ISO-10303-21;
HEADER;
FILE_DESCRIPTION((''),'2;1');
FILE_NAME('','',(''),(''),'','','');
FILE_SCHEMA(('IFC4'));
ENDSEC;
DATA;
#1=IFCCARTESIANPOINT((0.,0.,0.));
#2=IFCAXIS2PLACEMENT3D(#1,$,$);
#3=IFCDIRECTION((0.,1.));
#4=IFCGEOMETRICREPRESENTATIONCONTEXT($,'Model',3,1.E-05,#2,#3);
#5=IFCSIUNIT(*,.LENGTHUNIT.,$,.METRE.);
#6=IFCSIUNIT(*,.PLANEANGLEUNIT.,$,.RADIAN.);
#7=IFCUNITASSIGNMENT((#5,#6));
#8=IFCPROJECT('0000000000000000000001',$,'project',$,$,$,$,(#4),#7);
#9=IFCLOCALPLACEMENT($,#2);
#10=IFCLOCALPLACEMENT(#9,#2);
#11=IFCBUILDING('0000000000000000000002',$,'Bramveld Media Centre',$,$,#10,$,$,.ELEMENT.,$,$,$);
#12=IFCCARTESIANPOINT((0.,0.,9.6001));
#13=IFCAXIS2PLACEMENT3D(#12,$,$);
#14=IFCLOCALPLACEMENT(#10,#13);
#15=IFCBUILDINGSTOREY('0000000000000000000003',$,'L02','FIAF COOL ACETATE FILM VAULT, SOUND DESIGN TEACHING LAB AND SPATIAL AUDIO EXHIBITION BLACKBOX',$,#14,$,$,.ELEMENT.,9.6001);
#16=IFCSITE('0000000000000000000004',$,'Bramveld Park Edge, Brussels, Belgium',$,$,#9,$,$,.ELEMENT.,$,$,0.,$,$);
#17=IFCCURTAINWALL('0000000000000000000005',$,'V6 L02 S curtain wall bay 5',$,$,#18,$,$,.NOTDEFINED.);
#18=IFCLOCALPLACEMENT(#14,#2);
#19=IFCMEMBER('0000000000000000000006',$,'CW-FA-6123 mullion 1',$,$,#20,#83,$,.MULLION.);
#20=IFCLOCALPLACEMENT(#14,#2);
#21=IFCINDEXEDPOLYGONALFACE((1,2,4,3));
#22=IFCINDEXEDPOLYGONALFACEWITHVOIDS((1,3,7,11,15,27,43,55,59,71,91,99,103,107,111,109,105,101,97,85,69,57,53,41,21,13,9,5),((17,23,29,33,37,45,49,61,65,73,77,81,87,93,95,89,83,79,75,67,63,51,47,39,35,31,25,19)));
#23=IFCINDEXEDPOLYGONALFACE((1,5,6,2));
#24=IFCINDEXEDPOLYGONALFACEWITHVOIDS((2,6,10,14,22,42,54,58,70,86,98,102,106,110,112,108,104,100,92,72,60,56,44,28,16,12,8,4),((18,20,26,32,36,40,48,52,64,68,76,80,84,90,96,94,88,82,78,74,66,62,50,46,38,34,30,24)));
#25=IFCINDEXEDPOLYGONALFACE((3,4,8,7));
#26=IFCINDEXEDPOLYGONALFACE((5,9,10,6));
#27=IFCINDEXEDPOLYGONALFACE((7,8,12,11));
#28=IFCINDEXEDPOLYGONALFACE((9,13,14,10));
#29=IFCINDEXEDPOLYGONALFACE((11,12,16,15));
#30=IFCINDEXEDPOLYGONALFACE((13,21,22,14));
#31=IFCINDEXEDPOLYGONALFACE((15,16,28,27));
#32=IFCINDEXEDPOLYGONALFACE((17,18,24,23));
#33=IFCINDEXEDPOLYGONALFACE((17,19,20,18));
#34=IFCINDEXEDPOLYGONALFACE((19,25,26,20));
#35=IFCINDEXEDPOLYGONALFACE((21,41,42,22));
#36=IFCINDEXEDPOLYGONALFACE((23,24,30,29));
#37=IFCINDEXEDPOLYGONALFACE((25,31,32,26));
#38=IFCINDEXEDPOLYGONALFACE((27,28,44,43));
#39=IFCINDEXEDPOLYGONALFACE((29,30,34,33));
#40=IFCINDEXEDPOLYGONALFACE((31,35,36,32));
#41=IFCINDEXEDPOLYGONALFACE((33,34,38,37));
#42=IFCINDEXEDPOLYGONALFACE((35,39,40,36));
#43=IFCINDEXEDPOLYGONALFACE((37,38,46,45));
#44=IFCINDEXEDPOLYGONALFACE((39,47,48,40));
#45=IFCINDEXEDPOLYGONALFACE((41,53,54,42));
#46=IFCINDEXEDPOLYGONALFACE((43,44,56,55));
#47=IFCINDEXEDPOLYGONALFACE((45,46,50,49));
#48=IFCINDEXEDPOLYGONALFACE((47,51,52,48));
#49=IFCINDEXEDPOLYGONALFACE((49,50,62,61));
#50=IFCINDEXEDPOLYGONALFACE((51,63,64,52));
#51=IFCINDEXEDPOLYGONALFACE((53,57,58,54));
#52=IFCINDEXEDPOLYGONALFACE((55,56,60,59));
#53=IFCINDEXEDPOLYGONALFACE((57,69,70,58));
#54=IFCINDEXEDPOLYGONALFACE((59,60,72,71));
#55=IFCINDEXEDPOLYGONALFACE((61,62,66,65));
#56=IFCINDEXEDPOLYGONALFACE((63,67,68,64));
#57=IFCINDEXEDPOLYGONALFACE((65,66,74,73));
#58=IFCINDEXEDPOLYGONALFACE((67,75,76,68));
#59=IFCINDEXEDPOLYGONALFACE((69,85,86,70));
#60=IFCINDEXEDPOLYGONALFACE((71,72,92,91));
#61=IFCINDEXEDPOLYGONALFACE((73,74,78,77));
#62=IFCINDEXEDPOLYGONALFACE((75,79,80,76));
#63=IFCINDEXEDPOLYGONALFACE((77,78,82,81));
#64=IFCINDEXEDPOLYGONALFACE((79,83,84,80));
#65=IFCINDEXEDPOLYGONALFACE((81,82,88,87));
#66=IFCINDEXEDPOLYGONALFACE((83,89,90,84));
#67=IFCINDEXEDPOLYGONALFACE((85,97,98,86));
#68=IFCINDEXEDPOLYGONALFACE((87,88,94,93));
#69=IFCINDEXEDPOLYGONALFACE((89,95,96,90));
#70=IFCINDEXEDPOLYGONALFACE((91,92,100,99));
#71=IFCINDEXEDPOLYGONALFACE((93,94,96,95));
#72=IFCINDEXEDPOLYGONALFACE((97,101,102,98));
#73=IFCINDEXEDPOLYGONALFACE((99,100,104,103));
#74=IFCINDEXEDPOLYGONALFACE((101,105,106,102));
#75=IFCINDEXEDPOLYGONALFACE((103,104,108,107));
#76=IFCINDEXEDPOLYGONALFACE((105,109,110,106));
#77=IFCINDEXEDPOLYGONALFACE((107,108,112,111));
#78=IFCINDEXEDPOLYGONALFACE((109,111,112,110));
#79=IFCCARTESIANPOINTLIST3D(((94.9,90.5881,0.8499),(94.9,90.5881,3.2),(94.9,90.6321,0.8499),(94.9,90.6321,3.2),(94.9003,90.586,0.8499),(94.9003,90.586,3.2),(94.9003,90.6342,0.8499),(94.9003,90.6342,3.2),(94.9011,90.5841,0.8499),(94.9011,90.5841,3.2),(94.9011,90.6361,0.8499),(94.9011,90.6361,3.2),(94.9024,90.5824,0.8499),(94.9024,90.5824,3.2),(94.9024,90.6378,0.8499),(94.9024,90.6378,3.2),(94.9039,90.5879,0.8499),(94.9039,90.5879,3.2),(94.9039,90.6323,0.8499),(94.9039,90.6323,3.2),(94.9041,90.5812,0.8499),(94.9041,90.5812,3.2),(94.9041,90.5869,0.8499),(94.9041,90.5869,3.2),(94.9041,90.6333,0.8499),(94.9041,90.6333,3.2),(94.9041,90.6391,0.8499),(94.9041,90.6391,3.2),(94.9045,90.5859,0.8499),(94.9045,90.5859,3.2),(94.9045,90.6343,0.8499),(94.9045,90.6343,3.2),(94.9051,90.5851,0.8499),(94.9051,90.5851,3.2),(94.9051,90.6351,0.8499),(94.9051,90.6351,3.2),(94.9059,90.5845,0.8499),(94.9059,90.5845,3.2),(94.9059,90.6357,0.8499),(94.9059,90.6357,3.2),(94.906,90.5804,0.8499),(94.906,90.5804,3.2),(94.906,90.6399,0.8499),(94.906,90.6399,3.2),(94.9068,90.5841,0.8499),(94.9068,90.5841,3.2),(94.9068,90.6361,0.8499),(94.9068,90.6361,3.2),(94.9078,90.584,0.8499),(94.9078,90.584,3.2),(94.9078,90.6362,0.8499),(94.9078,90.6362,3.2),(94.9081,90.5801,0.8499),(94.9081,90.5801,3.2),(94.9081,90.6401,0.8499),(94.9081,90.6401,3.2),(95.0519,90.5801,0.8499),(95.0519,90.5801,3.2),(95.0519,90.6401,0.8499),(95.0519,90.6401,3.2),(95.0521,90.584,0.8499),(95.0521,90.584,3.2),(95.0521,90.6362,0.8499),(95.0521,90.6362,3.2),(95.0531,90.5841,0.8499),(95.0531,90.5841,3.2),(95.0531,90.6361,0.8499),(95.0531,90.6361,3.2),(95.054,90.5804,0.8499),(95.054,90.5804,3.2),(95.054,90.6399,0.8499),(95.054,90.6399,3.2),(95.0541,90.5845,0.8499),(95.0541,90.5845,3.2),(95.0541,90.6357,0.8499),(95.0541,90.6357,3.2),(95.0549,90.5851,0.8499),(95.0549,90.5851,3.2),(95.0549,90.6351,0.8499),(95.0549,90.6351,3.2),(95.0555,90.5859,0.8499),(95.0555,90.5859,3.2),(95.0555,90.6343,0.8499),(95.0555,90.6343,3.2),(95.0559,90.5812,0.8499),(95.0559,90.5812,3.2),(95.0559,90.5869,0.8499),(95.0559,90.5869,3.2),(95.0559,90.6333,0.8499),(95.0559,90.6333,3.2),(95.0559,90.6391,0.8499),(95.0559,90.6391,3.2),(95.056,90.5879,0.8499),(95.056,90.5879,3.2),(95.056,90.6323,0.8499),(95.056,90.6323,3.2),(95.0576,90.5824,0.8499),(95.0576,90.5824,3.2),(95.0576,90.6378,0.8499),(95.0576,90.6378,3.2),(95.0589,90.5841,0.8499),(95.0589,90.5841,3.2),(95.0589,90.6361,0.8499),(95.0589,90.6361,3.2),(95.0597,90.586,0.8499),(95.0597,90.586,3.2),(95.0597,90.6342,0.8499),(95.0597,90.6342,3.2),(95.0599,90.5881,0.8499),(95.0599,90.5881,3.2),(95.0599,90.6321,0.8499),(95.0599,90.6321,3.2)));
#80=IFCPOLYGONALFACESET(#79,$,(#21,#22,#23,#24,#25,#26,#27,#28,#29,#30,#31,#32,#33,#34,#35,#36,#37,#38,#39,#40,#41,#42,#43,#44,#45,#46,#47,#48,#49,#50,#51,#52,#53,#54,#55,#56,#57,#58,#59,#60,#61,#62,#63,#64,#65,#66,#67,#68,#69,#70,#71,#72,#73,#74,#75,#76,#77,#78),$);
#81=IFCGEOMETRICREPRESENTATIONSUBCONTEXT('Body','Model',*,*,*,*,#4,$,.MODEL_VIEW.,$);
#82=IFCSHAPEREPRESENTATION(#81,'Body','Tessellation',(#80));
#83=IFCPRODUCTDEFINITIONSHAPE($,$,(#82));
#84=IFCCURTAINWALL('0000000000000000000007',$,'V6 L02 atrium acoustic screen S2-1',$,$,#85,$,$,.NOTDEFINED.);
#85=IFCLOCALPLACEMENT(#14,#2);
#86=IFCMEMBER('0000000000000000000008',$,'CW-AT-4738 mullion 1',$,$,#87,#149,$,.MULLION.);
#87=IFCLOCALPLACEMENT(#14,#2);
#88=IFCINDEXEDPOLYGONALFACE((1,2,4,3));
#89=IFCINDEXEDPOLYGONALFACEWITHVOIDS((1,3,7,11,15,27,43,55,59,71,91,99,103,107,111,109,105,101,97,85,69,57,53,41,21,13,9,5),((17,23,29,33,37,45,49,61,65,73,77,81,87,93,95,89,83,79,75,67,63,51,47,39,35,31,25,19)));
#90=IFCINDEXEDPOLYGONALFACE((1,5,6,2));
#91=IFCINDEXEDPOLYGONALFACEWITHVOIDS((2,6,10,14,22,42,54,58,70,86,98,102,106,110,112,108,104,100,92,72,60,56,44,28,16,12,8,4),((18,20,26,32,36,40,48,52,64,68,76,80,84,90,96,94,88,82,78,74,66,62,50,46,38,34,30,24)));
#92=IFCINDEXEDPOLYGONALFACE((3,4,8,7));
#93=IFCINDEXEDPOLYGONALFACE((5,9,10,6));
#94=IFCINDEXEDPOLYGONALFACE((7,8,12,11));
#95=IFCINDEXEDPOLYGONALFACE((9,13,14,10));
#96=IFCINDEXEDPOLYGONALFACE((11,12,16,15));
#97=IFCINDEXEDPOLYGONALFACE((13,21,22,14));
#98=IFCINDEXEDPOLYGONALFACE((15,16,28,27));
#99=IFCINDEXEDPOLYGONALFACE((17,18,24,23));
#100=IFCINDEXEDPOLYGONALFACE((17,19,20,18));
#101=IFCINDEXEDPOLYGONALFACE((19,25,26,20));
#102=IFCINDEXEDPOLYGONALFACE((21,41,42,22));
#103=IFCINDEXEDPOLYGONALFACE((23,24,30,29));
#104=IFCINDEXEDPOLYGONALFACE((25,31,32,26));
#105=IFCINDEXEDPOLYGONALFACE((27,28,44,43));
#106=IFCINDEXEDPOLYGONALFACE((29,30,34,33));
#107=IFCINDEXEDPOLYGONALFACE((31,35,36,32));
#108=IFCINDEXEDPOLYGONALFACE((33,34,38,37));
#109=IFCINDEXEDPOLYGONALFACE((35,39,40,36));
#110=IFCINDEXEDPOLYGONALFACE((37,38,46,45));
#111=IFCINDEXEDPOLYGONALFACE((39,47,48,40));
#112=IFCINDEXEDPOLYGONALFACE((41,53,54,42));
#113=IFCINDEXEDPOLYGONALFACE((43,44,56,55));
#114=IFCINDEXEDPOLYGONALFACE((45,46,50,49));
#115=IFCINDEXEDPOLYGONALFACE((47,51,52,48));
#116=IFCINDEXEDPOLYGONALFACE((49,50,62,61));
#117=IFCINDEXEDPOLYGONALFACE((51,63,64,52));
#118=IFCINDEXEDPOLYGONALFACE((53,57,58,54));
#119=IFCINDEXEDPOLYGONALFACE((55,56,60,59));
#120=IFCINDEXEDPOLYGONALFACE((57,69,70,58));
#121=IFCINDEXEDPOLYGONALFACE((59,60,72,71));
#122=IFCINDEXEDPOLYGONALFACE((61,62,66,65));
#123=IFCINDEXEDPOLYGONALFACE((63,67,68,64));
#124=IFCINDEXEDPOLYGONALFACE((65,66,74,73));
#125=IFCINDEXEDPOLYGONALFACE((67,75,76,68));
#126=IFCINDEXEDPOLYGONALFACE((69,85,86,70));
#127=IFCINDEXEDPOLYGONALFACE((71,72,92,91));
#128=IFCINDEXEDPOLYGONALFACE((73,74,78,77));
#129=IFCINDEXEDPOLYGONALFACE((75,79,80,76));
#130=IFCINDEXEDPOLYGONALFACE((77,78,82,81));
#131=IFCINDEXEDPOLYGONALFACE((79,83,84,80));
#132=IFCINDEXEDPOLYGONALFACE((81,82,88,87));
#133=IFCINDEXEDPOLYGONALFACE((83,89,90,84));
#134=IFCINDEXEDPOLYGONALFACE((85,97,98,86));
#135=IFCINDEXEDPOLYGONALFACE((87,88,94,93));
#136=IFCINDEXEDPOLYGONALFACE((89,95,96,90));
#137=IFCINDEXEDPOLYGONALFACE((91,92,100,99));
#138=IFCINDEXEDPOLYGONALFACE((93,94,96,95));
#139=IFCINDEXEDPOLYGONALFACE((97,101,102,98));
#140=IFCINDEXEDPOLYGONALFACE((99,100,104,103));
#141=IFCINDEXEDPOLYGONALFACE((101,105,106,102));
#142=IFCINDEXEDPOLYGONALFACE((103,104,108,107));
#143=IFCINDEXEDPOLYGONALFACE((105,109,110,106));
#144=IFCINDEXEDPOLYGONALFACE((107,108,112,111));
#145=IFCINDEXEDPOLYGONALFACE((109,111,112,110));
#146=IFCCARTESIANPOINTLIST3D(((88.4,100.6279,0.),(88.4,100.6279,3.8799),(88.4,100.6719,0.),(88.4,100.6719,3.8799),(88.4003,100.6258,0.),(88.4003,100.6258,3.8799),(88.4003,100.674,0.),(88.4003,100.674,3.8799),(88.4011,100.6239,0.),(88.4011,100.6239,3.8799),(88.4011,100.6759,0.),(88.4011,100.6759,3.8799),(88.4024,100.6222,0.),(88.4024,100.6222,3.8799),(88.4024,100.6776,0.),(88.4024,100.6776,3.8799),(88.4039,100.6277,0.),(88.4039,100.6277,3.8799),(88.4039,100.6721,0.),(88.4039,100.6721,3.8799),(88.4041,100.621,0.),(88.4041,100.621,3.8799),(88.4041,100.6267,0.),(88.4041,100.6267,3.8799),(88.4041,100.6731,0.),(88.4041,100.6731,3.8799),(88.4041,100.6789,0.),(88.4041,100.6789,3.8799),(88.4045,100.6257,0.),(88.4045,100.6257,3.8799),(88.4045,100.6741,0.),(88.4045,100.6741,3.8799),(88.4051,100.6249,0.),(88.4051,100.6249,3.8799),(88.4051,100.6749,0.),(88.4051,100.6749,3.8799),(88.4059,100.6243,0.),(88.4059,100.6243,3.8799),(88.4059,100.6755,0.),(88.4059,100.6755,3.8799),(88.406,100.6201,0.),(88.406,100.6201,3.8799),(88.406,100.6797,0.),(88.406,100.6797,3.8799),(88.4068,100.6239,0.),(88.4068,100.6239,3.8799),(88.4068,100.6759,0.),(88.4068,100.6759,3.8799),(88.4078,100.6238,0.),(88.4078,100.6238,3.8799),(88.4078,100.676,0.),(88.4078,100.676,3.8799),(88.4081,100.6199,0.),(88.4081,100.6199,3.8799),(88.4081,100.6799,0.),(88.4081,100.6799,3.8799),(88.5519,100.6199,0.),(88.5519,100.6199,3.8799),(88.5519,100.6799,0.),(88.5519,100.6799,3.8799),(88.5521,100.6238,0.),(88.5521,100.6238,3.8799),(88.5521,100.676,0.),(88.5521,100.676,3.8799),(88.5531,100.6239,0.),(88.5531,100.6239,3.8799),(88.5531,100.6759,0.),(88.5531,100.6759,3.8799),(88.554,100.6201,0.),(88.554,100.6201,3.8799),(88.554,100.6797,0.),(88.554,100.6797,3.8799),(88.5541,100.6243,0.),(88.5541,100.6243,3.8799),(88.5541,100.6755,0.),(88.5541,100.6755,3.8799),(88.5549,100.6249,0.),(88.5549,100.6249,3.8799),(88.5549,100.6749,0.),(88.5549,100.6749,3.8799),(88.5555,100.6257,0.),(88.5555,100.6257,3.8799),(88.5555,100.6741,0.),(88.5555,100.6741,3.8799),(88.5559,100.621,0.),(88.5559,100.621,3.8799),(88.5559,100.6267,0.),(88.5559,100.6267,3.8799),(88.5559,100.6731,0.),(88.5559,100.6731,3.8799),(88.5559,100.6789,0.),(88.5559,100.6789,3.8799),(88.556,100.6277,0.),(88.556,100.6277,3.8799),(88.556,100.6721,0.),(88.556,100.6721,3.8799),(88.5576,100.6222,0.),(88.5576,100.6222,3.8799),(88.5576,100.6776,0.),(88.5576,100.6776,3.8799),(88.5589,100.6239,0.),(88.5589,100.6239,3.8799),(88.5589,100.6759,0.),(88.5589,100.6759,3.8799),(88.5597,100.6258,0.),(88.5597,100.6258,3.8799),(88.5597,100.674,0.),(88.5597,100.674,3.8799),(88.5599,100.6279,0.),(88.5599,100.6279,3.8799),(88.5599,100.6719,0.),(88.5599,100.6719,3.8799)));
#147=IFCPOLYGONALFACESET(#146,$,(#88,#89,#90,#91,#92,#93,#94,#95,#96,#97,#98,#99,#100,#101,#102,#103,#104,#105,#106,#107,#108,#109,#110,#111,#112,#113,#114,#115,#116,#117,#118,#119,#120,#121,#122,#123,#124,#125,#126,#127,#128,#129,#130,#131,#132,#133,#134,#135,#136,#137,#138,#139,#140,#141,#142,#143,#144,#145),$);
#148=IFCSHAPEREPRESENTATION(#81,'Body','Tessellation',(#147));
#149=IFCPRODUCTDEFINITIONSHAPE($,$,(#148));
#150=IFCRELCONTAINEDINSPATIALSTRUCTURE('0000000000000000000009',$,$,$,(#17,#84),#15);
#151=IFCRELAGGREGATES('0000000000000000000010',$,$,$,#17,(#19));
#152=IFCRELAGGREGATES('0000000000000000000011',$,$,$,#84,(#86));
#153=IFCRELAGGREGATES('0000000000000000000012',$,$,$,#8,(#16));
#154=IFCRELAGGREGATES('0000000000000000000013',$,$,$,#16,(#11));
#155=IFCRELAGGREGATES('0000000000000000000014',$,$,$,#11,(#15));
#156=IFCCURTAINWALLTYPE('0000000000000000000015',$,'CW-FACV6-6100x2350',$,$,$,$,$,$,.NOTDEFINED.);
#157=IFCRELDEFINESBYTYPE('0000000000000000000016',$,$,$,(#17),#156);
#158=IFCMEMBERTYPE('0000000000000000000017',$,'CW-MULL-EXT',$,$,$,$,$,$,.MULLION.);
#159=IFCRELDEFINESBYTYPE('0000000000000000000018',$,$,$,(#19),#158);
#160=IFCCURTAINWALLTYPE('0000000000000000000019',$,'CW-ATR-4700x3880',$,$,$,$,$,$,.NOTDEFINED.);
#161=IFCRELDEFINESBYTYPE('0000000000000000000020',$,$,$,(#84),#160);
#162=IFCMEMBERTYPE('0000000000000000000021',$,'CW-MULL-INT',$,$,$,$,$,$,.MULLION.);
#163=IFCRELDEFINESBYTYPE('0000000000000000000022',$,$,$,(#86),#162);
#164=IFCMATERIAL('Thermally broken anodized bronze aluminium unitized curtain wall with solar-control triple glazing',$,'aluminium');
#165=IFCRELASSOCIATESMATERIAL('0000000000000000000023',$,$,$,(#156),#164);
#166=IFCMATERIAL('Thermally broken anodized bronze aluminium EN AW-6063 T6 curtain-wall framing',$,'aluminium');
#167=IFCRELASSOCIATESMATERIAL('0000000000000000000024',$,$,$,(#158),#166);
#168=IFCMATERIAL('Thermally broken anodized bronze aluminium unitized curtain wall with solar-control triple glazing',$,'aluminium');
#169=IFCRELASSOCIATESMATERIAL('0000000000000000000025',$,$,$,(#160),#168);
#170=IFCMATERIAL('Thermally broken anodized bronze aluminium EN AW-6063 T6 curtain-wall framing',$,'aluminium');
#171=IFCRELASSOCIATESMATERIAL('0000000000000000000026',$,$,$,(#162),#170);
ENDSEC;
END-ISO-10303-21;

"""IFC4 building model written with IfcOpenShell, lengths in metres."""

from ifc_helpers import new_model, si_unit, direction, frame, origin, origin_2d, place, context, subcontext, project, spatial, hollow_rectangle, extrude, material, material_profile, profile_set, type_object, element, aggregate, save


model = new_model("IFC4")

# Units and contexts
model_context = context("Model", 3, precision=1e-05, world=origin(), true_north=direction((0.0, 1.0)))
body_context = subcontext(model_context, "Body", "Model", "MODEL_VIEW")
ifc_project = project(units=[si_unit("LENGTHUNIT", "METRE"), si_unit("PLANEANGLEUNIT", "RADIAN")], contexts=[model_context])

# Site, building, storey
site_placement = place(None, origin())
site = spatial("IfcSite", under=ifc_project, at=site_placement, Name="Bramveld Park Edge, Brussels, Belgium", CompositionType="ELEMENT", RefElevation=0.0)
building_placement = place(site_placement, origin())
building = spatial("IfcBuilding", under=site, at=building_placement, Name="Bramveld Media Centre", CompositionType="ELEMENT")
storey_placement = place(building_placement, frame((0.0, 0.0, 9.6001)))
storey = spatial("IfcBuildingStorey", under=building, at=storey_placement, Name="L02", Description="FIAF COOL ACETATE FILM VAULT, SOUND DESIGN TEACHING LAB AND SPATIAL AUDIO EXHIBITION BLACKBOX", CompositionType="ELEMENT", Elevation=9.6001)

# Shared definitions
ifc_material_1 = material(Name="Thermally broken anodized bronze aluminium unitized curtain wall with solar-control triple glazing", Category="aluminium")
curtain_wall_type_1 = type_object("IfcCurtainWallType", Name="CW-FACV6-6100x2350", PredefinedType="NOTDEFINED", material=ifc_material_1)
ifc_material_2 = material(Name="Thermally broken anodized bronze aluminium EN AW-6063 T6 curtain-wall framing", Category="aluminium")
ifc_material_profile_1 = material_profile(ifc_material_2, hollow_rectangle(XDim=0.0601, YDim=0.1599, WallThickness=0.0039, InnerFilletRadius=0.0039, OuterFilletRadius=0.0081, at=origin_2d()), Name="AL-MULL 60x160")
ifc_profile_set_1 = profile_set([ifc_material_profile_1], Name="Thermally broken anodized bronze aluminium EN AW-6063 T6 curtain-wall framing")
member_type_1 = type_object("IfcMemberType", Name="CW-MULL-EXT", PredefinedType="MULLION", material=ifc_profile_set_1)

# Curtain wall, member
curtain_wall_1_placement = place(storey_placement, origin())
curtain_wall_1 = element("IfcCurtainWall", 1, at=curtain_wall_1_placement, inside=storey, type_object=curtain_wall_type_1, Name="V6 L02 S curtain wall bay 5", PredefinedType="NOTDEFINED")
member_1_placement = place(storey_placement, frame((94.98, 90.6101, 0.8499), z_axis=(0.0, 0.0, 1.0), x_axis=(0.0, 1.0, 0.0)))
member_1 = element("IfcMember", 2, at=member_1_placement, type_object=member_type_1, Name="CW-FA-6123 mullion 1", PredefinedType="MULLION", context=body_context, shape_type="SweptSolid", body=[
    extrude(hollow_rectangle(XDim=0.0601, YDim=0.1599, WallThickness=0.0039, InnerFilletRadius=0.0039, OuterFilletRadius=0.0081, at=origin_2d()), origin(), (0.0, 0.0, 1.0), 2.3501),
])

# Curtain wall, member
ifc_material_3 = material(Name="Thermally broken anodized bronze aluminium unitized curtain wall with solar-control triple glazing", Category="aluminium")
curtain_wall_type_2 = type_object("IfcCurtainWallType", Name="CW-ATR-4700x3880", PredefinedType="NOTDEFINED", material=ifc_material_3)
curtain_wall_2_placement = place(storey_placement, origin())
curtain_wall_2 = element("IfcCurtainWall", 3, at=curtain_wall_2_placement, inside=storey, type_object=curtain_wall_type_2, Name="V6 L02 atrium acoustic screen S2-1", PredefinedType="NOTDEFINED")
ifc_material_4 = material(Name="Thermally broken anodized bronze aluminium EN AW-6063 T6 curtain-wall framing", Category="aluminium")
ifc_material_profile_2 = material_profile(ifc_material_4, hollow_rectangle(XDim=0.0601, YDim=0.1599, WallThickness=0.0039, InnerFilletRadius=0.0039, OuterFilletRadius=0.0081, at=origin_2d()), Name="AL-MULL 60x160")
ifc_profile_set_2 = profile_set([ifc_material_profile_2], Name="Thermally broken anodized bronze aluminium EN AW-6063 T6 curtain-wall framing")
member_type_2 = type_object("IfcMemberType", Name="CW-MULL-INT", PredefinedType="MULLION", material=ifc_profile_set_2)
member_2_placement = place(storey_placement, frame((88.48, 100.6499, 0.0), z_axis=(0.0, 0.0, 1.0), x_axis=(0.0, 1.0, 0.0)))
member_2 = element("IfcMember", 4, at=member_2_placement, type_object=member_type_2, Name="CW-AT-4738 mullion 1", PredefinedType="MULLION", context=body_context, shape_type="SweptSolid", body=[
    extrude(hollow_rectangle(XDim=0.0601, YDim=0.1599, WallThickness=0.0039, InnerFilletRadius=0.0039, OuterFilletRadius=0.0081, at=origin_2d()), origin(), (0.0, 0.0, 1.0), 3.8799),
])

aggregate(curtain_wall_1, [member_1])

aggregate(curtain_wall_2, [member_2])

save(model, "model.ifc")
